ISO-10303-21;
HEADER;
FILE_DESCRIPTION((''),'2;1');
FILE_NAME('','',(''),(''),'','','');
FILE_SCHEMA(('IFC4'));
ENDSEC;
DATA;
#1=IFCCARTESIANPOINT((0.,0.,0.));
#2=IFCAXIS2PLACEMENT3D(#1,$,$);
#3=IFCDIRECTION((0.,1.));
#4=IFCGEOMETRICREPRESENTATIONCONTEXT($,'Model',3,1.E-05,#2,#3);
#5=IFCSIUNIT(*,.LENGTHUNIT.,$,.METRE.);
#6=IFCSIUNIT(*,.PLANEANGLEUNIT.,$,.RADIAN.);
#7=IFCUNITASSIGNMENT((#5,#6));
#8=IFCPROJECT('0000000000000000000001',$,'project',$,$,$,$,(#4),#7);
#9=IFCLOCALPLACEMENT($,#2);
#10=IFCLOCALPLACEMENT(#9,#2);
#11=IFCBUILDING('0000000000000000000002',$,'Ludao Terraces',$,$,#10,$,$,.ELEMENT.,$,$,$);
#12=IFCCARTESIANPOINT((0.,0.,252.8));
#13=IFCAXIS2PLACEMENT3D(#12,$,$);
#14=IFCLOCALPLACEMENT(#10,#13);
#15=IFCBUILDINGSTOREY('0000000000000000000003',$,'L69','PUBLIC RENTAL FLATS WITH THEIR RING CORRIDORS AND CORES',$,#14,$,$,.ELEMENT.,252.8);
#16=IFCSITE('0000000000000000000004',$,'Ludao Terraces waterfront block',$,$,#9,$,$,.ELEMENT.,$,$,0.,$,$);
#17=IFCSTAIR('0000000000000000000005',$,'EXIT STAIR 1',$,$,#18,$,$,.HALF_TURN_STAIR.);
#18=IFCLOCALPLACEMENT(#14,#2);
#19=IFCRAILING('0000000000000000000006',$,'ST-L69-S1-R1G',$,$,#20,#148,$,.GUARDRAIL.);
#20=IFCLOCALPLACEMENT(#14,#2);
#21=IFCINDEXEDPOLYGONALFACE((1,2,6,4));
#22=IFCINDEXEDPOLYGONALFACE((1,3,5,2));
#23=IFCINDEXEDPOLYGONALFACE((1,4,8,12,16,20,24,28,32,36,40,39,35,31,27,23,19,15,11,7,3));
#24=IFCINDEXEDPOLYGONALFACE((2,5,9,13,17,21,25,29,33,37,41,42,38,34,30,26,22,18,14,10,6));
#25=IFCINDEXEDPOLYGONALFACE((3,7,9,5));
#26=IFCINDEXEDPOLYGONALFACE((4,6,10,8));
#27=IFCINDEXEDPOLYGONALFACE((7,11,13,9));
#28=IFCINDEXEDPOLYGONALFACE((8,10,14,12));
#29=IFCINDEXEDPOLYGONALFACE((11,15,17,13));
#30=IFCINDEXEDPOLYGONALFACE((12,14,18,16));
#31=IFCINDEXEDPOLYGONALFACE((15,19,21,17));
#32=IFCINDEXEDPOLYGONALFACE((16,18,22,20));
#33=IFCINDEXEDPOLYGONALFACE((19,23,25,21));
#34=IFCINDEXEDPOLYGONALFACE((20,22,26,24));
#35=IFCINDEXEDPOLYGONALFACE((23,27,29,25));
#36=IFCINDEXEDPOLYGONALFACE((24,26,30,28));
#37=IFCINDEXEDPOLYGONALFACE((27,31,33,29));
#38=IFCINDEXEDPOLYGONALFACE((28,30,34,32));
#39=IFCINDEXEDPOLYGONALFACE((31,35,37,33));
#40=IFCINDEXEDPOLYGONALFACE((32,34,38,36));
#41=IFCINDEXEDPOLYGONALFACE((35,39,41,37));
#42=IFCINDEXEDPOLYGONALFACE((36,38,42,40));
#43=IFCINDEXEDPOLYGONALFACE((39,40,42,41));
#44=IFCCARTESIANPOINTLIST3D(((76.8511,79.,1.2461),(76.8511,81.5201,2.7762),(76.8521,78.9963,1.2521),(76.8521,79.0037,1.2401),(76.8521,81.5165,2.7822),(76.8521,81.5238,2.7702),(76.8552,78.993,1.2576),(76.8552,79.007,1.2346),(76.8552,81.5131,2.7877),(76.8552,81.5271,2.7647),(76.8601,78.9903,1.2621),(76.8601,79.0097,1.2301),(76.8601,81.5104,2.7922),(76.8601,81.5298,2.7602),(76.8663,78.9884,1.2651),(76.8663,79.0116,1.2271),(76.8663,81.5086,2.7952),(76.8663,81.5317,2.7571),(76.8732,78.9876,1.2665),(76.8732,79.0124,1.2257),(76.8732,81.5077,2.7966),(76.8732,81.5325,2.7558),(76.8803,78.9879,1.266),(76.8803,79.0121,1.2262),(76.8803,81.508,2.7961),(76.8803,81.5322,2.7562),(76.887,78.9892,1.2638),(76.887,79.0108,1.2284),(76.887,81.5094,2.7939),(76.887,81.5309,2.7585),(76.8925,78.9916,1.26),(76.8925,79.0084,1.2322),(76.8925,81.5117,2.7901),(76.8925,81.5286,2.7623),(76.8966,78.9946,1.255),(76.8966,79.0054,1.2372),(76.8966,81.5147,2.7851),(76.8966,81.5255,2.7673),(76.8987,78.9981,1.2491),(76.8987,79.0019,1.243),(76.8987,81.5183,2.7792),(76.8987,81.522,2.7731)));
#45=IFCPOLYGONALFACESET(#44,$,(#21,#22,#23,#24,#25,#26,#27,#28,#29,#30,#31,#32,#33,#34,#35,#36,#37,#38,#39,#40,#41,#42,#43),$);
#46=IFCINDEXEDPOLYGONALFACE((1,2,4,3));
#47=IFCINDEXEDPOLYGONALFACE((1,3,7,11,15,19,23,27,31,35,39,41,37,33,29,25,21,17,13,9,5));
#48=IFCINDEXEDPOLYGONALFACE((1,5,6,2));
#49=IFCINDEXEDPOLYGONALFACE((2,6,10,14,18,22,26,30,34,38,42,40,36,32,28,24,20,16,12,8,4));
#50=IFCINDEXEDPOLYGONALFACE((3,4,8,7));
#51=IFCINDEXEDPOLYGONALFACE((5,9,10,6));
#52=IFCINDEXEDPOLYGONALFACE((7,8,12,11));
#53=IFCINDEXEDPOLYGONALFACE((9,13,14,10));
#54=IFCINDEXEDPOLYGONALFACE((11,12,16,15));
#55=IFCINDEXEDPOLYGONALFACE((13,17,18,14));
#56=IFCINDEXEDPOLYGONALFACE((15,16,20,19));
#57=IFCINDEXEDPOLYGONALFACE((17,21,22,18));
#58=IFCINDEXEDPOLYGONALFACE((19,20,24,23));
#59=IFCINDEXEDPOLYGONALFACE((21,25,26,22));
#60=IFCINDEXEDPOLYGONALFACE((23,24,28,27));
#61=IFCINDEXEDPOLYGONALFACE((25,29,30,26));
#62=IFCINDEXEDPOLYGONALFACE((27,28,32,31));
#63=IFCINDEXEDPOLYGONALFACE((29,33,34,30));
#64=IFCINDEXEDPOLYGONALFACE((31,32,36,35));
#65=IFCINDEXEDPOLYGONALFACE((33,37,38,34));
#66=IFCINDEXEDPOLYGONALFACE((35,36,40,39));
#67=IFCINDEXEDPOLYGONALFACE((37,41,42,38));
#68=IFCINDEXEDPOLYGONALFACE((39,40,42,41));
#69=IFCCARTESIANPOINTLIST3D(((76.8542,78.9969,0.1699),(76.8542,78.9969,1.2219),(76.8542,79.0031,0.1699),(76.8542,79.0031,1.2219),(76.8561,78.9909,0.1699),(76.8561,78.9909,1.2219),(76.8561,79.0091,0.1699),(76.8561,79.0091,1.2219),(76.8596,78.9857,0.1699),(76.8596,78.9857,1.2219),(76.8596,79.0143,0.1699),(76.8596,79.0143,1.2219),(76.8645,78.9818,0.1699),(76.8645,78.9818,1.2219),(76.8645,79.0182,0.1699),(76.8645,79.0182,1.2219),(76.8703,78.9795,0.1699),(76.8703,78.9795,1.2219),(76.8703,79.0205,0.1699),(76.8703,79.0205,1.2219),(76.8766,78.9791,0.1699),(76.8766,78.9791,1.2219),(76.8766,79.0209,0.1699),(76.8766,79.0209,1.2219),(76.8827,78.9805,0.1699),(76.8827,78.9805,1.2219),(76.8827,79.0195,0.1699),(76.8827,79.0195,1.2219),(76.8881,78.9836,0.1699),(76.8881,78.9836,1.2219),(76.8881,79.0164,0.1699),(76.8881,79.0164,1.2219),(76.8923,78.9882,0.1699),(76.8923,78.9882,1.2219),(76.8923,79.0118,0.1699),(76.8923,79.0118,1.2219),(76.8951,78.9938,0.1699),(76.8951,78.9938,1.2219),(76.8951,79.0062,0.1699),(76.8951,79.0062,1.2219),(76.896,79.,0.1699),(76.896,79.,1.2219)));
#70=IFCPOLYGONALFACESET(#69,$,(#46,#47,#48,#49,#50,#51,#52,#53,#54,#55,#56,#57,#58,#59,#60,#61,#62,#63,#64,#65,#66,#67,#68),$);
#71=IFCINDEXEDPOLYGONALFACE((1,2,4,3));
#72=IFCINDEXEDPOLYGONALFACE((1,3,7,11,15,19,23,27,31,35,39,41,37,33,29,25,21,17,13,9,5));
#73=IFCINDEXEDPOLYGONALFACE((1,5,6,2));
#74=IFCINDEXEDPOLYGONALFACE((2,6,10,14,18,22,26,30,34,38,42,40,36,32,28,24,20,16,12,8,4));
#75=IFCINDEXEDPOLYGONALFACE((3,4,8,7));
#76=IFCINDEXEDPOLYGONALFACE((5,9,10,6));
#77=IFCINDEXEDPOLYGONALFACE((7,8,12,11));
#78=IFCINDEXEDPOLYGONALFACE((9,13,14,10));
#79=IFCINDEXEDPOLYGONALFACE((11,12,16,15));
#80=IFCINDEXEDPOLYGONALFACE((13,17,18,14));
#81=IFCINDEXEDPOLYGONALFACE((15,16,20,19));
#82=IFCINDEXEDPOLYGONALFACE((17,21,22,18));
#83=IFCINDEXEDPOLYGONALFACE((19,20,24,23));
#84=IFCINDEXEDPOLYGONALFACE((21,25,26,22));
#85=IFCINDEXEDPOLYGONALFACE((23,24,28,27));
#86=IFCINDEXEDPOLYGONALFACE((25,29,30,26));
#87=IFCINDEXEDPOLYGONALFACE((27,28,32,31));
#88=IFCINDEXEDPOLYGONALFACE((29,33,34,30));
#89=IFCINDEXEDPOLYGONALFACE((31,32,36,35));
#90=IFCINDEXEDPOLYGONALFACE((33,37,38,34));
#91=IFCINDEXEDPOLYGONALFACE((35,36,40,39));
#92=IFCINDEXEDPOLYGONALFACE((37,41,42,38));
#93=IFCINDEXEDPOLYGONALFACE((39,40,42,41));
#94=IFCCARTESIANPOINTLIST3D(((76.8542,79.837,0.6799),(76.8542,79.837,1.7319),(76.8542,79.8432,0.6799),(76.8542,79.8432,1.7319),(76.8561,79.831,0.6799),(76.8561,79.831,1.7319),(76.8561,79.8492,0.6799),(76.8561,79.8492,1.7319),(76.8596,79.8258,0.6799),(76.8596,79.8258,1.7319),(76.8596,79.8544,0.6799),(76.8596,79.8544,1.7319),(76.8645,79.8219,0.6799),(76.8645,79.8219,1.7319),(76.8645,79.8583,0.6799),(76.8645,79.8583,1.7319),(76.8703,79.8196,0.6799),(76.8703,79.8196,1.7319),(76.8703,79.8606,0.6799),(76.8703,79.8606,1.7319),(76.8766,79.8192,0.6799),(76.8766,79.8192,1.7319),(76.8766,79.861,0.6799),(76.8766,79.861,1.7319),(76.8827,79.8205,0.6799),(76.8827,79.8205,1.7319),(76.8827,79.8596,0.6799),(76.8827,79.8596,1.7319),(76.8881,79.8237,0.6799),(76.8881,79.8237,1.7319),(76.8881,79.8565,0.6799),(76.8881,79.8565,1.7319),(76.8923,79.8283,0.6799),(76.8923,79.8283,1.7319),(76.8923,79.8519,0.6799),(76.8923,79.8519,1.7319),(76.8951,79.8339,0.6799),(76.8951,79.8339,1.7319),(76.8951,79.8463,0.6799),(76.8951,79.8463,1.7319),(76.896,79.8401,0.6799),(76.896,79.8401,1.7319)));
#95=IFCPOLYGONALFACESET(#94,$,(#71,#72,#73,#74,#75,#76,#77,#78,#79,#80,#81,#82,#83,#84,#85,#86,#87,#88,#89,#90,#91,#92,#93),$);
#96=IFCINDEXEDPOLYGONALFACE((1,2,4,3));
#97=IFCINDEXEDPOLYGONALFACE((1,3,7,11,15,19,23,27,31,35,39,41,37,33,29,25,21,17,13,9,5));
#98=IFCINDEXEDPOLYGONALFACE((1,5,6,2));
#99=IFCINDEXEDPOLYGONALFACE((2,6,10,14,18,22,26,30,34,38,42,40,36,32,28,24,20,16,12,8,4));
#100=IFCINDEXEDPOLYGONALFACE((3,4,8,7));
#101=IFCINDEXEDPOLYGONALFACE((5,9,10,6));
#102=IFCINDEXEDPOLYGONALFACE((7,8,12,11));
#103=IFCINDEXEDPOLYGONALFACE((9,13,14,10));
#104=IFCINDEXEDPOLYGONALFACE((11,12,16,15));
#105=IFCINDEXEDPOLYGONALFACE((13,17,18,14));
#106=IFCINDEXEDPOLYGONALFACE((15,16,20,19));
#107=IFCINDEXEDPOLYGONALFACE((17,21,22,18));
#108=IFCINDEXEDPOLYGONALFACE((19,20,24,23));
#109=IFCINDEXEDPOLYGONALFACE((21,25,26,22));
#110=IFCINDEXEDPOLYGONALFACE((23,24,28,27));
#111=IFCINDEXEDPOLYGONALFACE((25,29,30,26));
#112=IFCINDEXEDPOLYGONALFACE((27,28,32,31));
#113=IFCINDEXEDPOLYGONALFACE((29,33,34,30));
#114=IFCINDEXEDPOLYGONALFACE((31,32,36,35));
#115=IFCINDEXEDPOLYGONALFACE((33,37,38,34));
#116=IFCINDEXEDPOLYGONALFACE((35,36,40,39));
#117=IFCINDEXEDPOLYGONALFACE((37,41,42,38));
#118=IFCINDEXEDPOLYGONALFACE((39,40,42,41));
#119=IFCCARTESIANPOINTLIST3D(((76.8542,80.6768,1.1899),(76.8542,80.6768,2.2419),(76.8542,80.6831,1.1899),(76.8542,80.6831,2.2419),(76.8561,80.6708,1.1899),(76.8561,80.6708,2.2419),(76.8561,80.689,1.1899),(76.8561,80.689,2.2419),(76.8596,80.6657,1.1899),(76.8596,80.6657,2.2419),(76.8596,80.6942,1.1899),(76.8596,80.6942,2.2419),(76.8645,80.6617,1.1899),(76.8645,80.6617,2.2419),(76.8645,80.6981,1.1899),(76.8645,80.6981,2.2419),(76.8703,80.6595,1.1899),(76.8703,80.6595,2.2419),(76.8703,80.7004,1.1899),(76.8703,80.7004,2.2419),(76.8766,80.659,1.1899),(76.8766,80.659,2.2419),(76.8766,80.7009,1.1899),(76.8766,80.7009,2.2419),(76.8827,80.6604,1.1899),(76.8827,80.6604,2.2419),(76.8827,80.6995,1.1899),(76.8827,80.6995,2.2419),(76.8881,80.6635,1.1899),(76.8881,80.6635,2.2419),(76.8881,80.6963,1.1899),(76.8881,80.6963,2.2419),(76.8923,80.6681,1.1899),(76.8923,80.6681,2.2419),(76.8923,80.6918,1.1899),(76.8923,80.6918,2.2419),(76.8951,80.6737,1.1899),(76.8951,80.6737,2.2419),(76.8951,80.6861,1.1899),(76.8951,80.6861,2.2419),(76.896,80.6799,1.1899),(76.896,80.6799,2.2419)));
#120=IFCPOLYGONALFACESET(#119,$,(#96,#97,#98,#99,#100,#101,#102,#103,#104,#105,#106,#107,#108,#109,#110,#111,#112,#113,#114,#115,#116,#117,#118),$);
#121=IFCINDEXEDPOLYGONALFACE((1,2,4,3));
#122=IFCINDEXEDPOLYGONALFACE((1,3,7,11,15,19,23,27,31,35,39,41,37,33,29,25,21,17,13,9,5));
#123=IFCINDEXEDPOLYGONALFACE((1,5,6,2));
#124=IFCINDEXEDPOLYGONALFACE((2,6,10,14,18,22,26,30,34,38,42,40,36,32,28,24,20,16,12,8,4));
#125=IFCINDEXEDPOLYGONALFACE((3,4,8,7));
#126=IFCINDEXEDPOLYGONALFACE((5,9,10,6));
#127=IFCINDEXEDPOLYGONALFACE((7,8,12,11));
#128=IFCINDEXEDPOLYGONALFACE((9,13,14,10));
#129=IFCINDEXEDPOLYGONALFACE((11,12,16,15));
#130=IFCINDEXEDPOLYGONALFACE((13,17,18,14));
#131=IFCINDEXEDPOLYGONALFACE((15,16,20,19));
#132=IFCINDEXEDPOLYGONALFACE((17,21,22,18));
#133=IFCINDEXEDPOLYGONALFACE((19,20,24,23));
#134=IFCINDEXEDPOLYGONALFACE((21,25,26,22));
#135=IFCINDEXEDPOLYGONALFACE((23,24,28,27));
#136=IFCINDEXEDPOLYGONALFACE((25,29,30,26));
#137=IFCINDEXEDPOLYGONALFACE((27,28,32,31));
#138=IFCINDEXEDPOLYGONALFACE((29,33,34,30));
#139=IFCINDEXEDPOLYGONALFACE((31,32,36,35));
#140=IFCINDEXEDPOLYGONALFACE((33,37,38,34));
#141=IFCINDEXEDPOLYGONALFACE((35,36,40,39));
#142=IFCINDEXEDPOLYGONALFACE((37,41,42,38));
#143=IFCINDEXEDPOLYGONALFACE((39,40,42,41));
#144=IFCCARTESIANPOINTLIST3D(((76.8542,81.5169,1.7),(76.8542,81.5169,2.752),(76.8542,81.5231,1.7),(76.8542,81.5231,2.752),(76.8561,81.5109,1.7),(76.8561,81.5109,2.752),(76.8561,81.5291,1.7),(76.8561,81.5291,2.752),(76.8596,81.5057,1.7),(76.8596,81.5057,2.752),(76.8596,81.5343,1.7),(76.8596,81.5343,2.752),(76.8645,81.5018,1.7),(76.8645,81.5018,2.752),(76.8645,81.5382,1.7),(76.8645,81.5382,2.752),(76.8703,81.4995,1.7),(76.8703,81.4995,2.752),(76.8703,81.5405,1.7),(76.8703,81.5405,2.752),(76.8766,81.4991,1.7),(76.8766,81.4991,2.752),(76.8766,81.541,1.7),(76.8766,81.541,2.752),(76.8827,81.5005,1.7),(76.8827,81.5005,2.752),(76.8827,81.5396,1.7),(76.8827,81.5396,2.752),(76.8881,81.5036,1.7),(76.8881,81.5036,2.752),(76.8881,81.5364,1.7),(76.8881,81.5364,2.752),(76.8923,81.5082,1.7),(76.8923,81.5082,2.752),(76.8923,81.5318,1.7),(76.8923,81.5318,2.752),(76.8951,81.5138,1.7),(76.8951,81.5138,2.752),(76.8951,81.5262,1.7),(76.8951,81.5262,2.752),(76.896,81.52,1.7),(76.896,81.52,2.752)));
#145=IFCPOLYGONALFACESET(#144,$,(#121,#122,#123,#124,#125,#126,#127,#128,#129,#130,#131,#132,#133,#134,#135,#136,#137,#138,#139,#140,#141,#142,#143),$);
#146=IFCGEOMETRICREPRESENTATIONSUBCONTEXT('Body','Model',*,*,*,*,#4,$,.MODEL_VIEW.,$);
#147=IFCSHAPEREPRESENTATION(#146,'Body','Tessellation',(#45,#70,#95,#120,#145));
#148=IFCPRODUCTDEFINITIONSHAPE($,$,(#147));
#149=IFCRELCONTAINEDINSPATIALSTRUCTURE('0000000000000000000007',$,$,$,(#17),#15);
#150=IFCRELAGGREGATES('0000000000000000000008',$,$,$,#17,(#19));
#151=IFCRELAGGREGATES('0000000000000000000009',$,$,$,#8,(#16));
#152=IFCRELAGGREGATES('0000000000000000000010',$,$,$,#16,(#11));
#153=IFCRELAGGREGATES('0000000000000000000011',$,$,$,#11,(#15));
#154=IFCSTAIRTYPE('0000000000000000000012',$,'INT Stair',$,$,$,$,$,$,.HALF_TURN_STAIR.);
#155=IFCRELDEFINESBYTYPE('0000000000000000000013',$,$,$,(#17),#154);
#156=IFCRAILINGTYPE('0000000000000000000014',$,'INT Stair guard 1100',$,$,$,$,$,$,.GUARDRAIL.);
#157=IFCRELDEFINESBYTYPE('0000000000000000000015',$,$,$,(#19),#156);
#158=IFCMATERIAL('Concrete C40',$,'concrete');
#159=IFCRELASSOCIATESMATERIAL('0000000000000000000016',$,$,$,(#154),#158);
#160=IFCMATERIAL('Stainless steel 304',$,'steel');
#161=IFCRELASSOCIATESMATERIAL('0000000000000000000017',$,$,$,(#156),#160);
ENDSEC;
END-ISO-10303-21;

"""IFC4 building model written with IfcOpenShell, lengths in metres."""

from ifc_helpers import new_model, si_unit, direction, frame, origin, origin_2d, place, context, subcontext, project, spatial, circle, extrude, material, type_object, element, aggregate, save


model = new_model("IFC4")

# Units and contexts
model_context = context("Model", 3, precision=1e-05, world=origin(), true_north=direction((0.0, 1.0)))
body_context = subcontext(model_context, "Body", "Model", "MODEL_VIEW")
ifc_project = project(units=[si_unit("LENGTHUNIT", "METRE"), si_unit("PLANEANGLEUNIT", "RADIAN")], contexts=[model_context])

# Site, building, storey
site_placement = place(None, origin())
site = spatial("IfcSite", under=ifc_project, at=site_placement, Name="Ludao Terraces waterfront block", CompositionType="ELEMENT", RefElevation=0.0)
building_placement = place(site_placement, origin())
building = spatial("IfcBuilding", under=site, at=building_placement, Name="Ludao Terraces", CompositionType="ELEMENT")
storey_placement = place(building_placement, frame((0.0, 0.0, 252.8)))
storey = spatial("IfcBuildingStorey", under=building, at=storey_placement, Name="L69", Description="PUBLIC RENTAL FLATS WITH THEIR RING CORRIDORS AND CORES", CompositionType="ELEMENT", Elevation=252.8)

# Stair, railing
ifc_material_1 = material(Name="Concrete C40", Category="concrete")
stair_type = type_object("IfcStairType", Name="INT Stair", PredefinedType="HALF_TURN_STAIR", material=ifc_material_1)
stair_placement = place(storey_placement, origin())
stair = element("IfcStair", 1, at=stair_placement, inside=storey, type_object=stair_type, Name="EXIT STAIR 1", PredefinedType="HALF_TURN_STAIR")
ifc_material_2 = material(Name="Stainless steel 304", Category="steel")
railing_type_1 = type_object("IfcRailingType", Name="INT Stair guard 1100", PredefinedType="GUARDRAIL", material=ifc_material_2)
railing_1_placement = place(storey_placement, frame((76.875, 79.0, 0.1699)))
railing_1 = element("IfcRailing", 2, at=railing_1_placement, type_object=railing_type_1, Name="ST-L69-S1-R1G", PredefinedType="GUARDRAIL", context=body_context, shape_type="SweptSolid", body=[
    extrude(circle(Radius=0.0239, at=origin_2d()), frame((0.0, 0.0, 1.0762), z_axis=(0.0, 0.854785, 0.518982), x_axis=(-1.0, 0.0, 0.0)), (0.0, 0.0, 1.0), 2.9482),
    extrude(circle(Radius=0.021, at=origin_2d()), origin(), (0.0, 0.0, 1.0), 1.052),
    extrude(circle(Radius=0.021, at=origin_2d()), frame((0.0, 0.8401, 0.51)), (0.0, 0.0, 1.0), 1.052),
    extrude(circle(Radius=0.021, at=origin_2d()), frame((0.0, 1.6799, 1.02)), (0.0, 0.0, 1.0), 1.052),
    extrude(circle(Radius=0.021, at=origin_2d()), frame((0.0, 2.52, 1.53)), (0.0, 0.0, 1.0), 1.052),
])
aggregate(stair, [railing_1])

save(model, "model.ifc")
